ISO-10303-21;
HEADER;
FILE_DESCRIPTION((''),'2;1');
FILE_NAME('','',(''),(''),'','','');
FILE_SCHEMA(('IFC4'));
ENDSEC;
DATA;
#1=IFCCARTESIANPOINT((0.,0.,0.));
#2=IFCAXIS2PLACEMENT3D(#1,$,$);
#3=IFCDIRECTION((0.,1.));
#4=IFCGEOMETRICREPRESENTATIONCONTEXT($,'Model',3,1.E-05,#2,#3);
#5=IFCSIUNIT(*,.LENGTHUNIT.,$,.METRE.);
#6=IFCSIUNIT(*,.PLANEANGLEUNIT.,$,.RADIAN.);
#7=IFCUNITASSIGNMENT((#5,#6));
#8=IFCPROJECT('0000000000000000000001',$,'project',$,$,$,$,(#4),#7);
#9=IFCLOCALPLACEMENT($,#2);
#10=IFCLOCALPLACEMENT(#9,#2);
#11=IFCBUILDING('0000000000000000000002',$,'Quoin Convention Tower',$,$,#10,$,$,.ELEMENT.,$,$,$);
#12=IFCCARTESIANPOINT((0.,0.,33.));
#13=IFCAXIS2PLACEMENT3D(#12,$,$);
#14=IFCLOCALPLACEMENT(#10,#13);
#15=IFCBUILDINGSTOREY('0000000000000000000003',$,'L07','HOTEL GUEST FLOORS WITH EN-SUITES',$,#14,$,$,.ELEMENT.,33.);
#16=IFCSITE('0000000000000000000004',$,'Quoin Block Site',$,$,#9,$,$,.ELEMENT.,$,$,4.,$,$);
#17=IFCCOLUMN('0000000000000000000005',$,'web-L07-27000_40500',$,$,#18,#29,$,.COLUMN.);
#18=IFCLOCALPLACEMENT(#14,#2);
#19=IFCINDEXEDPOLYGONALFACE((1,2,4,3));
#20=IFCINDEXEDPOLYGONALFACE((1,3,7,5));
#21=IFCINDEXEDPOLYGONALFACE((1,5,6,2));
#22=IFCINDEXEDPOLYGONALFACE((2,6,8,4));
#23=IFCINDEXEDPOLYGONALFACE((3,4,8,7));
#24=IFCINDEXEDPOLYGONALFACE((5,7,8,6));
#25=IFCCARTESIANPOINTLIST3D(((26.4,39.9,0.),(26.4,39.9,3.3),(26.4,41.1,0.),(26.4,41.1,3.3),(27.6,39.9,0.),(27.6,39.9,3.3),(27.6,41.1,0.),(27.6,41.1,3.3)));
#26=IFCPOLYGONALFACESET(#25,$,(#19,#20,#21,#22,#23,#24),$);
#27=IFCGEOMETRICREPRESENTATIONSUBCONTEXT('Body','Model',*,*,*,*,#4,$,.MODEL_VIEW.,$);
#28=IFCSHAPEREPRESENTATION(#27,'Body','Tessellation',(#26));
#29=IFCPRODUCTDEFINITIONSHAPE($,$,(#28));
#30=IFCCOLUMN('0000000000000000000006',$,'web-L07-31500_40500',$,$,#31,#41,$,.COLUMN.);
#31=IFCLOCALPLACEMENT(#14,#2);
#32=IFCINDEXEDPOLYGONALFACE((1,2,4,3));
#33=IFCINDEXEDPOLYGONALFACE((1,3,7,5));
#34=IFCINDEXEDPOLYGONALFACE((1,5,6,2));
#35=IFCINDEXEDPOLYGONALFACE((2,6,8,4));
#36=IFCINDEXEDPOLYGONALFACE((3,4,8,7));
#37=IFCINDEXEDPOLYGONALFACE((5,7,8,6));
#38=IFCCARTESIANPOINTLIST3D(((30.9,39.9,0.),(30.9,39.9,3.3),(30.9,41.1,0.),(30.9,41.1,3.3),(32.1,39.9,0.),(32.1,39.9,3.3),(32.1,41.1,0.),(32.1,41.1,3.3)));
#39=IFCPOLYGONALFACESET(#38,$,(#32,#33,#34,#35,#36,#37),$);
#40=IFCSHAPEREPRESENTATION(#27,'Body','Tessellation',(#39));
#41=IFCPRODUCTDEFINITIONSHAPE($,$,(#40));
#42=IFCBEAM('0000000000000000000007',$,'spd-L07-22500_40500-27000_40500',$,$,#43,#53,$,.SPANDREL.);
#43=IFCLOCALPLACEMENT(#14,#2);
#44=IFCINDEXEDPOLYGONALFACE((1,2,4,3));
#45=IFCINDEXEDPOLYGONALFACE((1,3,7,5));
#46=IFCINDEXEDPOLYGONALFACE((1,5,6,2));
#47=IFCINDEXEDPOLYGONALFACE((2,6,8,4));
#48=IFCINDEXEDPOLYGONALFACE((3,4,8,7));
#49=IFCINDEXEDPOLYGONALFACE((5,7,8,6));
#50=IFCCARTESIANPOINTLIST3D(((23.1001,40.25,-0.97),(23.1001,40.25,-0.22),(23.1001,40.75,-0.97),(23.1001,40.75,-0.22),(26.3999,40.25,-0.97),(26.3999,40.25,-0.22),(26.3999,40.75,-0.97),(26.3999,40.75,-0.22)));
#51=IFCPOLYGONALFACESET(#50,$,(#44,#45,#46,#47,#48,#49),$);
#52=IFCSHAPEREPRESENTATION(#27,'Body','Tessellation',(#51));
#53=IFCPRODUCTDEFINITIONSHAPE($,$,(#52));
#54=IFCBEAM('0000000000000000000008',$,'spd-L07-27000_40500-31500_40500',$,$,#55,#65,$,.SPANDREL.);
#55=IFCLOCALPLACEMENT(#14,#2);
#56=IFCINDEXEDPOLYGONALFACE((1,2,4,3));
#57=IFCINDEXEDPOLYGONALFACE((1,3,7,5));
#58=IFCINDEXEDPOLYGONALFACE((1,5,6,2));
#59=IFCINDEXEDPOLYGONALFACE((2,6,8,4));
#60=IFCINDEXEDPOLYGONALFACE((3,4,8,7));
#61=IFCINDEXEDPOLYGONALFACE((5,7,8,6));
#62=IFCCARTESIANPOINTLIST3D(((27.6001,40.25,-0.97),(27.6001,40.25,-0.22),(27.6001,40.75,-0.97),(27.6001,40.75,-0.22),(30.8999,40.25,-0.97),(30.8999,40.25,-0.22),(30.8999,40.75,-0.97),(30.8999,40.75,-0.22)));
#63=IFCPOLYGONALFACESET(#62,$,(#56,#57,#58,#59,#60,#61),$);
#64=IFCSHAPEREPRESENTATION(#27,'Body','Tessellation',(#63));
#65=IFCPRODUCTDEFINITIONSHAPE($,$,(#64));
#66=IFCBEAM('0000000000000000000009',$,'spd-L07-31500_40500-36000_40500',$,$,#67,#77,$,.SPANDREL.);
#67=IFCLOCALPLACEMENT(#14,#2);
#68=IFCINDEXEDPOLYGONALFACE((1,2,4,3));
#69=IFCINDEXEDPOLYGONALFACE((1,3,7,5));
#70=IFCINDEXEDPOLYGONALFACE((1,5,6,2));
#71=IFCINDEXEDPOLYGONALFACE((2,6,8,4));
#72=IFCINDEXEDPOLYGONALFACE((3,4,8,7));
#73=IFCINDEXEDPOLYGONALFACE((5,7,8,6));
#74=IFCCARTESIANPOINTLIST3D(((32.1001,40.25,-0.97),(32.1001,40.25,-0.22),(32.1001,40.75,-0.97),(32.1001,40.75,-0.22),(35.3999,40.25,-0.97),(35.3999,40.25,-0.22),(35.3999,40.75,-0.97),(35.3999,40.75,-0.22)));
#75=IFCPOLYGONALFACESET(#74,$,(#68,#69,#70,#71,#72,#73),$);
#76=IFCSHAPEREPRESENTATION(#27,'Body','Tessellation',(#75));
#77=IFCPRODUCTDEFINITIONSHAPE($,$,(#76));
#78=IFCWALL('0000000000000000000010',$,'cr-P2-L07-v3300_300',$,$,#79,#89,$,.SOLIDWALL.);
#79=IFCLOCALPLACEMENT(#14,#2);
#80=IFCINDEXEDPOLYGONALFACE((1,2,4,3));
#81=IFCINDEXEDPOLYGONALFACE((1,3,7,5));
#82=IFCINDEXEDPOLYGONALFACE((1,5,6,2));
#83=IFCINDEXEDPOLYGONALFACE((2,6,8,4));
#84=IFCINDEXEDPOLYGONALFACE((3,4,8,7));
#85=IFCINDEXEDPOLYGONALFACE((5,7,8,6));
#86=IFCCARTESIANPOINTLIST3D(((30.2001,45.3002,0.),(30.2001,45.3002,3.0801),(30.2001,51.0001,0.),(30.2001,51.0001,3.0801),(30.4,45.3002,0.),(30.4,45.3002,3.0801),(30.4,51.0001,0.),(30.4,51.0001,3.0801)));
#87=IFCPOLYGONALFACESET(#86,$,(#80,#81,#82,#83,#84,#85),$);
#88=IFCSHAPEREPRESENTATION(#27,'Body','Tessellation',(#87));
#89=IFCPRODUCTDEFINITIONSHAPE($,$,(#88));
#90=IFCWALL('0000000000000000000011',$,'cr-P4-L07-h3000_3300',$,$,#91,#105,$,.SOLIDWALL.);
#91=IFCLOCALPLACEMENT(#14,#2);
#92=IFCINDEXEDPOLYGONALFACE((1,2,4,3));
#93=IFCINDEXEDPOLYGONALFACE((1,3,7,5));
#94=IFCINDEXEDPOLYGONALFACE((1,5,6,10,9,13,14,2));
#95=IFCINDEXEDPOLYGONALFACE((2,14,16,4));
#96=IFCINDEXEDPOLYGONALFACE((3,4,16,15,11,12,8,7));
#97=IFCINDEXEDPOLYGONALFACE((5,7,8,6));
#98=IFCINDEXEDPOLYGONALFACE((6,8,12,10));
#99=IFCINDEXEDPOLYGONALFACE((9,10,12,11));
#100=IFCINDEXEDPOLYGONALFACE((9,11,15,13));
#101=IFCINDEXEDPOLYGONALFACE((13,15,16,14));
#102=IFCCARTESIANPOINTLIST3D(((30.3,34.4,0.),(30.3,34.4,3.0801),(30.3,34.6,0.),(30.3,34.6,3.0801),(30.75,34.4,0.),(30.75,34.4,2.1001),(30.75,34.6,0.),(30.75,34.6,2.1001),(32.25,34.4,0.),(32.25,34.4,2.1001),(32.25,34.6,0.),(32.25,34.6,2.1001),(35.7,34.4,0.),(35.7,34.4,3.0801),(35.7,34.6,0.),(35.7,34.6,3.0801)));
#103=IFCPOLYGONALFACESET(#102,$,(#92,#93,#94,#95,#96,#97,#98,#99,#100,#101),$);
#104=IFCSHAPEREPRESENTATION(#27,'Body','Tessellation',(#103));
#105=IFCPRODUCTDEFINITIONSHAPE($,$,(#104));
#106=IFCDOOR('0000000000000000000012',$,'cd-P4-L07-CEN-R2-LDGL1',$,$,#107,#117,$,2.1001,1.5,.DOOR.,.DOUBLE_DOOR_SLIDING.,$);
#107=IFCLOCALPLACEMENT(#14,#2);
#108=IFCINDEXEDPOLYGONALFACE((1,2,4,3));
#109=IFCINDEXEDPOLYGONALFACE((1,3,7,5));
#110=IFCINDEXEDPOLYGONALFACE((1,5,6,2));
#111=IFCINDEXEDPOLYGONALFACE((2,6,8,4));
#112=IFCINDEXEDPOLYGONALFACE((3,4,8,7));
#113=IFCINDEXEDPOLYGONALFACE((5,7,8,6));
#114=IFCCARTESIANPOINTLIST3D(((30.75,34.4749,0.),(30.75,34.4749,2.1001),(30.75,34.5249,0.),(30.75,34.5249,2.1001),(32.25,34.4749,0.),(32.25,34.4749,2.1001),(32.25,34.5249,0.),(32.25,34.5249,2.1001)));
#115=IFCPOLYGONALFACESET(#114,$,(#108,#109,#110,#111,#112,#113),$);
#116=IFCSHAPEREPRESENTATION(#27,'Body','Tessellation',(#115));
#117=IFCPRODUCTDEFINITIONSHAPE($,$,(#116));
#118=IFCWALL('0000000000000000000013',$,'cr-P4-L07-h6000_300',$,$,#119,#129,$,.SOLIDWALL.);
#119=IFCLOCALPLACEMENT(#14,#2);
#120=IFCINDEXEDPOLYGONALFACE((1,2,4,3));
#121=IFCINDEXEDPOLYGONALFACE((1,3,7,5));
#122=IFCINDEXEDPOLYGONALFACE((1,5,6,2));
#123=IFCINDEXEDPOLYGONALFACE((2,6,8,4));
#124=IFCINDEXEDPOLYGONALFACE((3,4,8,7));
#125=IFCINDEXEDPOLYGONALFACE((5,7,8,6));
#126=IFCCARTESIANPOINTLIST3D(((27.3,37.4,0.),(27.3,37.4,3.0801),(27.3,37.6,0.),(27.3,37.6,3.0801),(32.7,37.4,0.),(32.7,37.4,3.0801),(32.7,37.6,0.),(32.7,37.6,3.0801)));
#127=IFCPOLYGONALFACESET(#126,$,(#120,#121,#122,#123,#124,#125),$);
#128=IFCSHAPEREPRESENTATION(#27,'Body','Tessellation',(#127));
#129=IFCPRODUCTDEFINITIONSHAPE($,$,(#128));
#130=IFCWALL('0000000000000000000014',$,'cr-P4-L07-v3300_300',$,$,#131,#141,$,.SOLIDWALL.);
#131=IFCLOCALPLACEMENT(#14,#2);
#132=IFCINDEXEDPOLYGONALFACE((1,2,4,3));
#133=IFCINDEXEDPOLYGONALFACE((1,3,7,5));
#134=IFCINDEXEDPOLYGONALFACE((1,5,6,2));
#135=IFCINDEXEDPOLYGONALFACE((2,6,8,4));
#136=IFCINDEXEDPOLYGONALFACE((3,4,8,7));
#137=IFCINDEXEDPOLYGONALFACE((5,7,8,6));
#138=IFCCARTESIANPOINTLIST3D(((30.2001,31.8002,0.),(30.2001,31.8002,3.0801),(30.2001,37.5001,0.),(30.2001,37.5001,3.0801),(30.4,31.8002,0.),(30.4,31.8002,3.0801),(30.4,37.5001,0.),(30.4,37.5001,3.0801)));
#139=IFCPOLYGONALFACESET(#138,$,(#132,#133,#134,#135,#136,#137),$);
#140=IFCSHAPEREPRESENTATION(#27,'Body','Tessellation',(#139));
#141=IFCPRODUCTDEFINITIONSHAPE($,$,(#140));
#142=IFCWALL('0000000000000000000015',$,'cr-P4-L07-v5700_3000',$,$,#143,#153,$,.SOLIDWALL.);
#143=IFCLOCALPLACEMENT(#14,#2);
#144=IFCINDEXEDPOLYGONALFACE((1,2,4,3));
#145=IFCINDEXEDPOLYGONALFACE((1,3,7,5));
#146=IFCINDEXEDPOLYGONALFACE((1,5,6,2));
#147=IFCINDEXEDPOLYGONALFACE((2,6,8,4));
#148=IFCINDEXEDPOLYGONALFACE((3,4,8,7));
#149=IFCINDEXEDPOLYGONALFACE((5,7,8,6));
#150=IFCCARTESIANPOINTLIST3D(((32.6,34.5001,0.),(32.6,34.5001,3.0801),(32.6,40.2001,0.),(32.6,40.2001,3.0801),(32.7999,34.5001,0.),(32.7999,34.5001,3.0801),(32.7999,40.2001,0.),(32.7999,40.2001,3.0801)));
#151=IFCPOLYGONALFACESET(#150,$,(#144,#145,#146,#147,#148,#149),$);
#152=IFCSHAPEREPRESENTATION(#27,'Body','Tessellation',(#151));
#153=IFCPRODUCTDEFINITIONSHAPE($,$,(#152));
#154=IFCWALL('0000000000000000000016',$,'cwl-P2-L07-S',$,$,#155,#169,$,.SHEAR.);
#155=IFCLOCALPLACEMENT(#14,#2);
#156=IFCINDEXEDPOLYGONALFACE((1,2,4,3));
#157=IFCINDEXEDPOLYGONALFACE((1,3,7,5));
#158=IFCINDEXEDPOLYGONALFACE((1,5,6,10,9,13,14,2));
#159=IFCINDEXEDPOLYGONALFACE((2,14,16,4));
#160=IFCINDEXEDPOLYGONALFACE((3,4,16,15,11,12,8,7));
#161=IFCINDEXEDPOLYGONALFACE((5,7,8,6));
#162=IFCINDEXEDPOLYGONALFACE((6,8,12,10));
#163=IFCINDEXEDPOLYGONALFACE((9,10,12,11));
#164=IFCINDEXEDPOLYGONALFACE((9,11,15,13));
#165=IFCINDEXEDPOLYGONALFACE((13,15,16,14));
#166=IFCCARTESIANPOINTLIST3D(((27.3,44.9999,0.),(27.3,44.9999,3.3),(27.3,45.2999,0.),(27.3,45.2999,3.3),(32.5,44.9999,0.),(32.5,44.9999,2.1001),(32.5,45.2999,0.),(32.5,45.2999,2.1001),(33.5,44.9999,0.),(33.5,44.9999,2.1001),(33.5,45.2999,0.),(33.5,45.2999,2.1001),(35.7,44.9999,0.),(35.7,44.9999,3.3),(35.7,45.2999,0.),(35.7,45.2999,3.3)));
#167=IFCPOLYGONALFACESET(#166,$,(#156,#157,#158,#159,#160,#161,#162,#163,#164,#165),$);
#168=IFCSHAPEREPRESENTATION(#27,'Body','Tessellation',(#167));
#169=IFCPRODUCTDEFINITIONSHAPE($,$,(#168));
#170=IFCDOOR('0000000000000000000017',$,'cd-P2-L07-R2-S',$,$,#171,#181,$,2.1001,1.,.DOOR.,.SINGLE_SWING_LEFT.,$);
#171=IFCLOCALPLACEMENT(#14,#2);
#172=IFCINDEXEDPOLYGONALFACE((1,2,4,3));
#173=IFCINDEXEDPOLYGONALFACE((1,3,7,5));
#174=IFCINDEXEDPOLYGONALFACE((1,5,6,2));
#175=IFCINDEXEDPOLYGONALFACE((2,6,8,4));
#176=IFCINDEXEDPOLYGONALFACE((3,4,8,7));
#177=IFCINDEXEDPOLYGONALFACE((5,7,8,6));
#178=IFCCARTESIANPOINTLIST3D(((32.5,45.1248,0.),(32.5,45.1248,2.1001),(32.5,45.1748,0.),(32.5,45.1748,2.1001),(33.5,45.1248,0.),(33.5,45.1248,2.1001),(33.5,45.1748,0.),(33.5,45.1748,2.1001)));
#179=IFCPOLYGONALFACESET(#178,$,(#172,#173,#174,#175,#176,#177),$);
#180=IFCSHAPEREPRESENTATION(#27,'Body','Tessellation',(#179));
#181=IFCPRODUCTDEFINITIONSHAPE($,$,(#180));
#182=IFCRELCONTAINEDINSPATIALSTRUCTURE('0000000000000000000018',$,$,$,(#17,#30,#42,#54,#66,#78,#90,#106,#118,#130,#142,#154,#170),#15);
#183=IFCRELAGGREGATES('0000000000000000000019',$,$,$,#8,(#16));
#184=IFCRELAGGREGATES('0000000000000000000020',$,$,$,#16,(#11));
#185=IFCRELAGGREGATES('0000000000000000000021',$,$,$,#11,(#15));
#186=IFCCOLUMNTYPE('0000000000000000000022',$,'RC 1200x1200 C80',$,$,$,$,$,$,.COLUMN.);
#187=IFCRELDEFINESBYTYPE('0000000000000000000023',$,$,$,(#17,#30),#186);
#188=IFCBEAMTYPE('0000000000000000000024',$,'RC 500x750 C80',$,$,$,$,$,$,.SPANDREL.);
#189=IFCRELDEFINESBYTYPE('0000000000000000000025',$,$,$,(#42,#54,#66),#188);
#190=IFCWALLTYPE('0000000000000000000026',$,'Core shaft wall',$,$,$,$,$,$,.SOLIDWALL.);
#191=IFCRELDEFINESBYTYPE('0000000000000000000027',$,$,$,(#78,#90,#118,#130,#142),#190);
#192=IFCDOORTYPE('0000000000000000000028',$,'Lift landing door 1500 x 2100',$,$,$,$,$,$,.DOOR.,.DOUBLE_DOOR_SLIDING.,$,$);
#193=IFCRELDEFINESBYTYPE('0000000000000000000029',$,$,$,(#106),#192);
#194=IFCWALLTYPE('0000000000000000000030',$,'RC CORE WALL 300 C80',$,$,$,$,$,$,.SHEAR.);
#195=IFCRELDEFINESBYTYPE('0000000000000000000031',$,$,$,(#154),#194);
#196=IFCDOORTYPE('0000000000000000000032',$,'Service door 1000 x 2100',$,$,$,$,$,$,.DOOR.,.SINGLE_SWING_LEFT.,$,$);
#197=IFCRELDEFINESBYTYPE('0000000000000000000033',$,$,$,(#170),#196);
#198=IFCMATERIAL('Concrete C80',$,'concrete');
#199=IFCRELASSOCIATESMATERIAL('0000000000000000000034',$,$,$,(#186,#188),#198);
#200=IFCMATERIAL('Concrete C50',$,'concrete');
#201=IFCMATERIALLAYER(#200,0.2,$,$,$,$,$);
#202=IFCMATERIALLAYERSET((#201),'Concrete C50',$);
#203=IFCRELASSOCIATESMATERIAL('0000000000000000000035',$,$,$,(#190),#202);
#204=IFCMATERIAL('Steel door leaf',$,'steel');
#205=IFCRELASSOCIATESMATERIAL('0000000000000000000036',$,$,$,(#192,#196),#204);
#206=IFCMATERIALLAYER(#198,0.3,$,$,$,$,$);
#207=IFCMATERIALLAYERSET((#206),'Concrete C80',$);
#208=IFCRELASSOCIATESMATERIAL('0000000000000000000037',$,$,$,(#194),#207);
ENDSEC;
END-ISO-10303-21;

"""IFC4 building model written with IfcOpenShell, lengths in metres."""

from ifc_helpers import new_model, si_unit, direction, frame, frame_2d, origin, origin_2d, place, context, subcontext, project, spatial, rectangle, extrude, material, layer, layer_set, material_profile, profile_set, type_object, element, fill, save


model = new_model("IFC4")

# Units and contexts
model_context = context("Model", 3, precision=1e-05, world=origin(), true_north=direction((0.0, 1.0)))
body_context = subcontext(model_context, "Body", "Model", "MODEL_VIEW")
ifc_project = project(units=[si_unit("LENGTHUNIT", "METRE"), si_unit("PLANEANGLEUNIT", "RADIAN")], contexts=[model_context])

# Site, building, storey
site_placement = place(None, origin())
site = spatial("IfcSite", under=ifc_project, at=site_placement, Name="Quoin Block Site", CompositionType="ELEMENT", RefElevation=4.0)
building_placement = place(site_placement, origin())
building = spatial("IfcBuilding", under=site, at=building_placement, Name="Quoin Convention Tower", CompositionType="ELEMENT")
storey_placement = place(building_placement, frame((0.0, 0.0, 33.0)))
storey = spatial("IfcBuildingStorey", under=building, at=storey_placement, Name="L07", Description="HOTEL GUEST FLOORS WITH EN-SUITES", CompositionType="ELEMENT", Elevation=33.0)

# Columns
ifc_material_1 = material(Name="Concrete C80", Category="concrete")
ifc_material_profile_1 = material_profile(ifc_material_1, rectangle(XDim=1.2, YDim=1.2, at=origin_2d()), Name="RC 1200x1200")
ifc_profile_set_1 = profile_set([ifc_material_profile_1], Name="Concrete C80")
column_type = type_object("IfcColumnType", Name="RC 1200x1200 C80", PredefinedType="COLUMN", material=ifc_profile_set_1)
for number, where, z_axis, x_axis, name in (
    (1, (27.0, 40.5, 0.0), (0.0, 0.0, 1.0), (1.0, 0.0, 0.0), "web-L07-27000_40500"),
    (2, (31.5, 40.5, 0.0), (0.0, 0.0, 1.0), (1.0, 0.0, 0.0), "web-L07-31500_40500"),
):
    element("IfcColumn", number, at=place(storey_placement, frame(where, z_axis=z_axis, x_axis=x_axis)), inside=storey, type_object=column_type, Name=name, PredefinedType="COLUMN", context=body_context, shape_type="SweptSolid", body=[
        extrude(rectangle(XDim=1.2, YDim=1.2, at=origin_2d()), origin(), (0.0, 0.0, 1.0), 3.3),
    ])

# Beams
ifc_material_profile_2 = material_profile(ifc_material_1, rectangle(XDim=0.5, YDim=0.75, at=origin_2d()), Name="RC 500x750")
ifc_profile_set_2 = profile_set([ifc_material_profile_2], Name="Concrete C80")
beam_type = type_object("IfcBeamType", Name="RC 500x750 C80", PredefinedType="SPANDREL", material=ifc_profile_set_2)
for number, where, z_axis, x_axis, name in (
    (3, (23.1001, 40.5, -0.595), (1.0, 0.0, 0.0), (0.0, 1.0, 0.0), "spd-L07-22500_40500-27000_40500"),
    (4, (27.6001, 40.5, -0.595), (1.0, 0.0, 0.0), (0.0, 1.0, 0.0), "spd-L07-27000_40500-31500_40500"),
    (5, (32.1001, 40.5, -0.595), (1.0, 0.0, 0.0), (0.0, 1.0, 0.0), "spd-L07-31500_40500-36000_40500"),
):
    element("IfcBeam", number, at=place(storey_placement, frame(where, z_axis=z_axis, x_axis=x_axis)), inside=storey, type_object=beam_type, Name=name, PredefinedType="SPANDREL", context=body_context, shape_type="SweptSolid", body=[
        extrude(rectangle(XDim=0.5, YDim=0.75, at=origin_2d()), origin(), (0.0, 0.0, 1.0), 3.2998),
    ])

# Wall
ifc_material_2 = material(Name="Concrete C50", Category="concrete")
ifc_layer_1 = layer(ifc_material_2, 0.2)
ifc_layer_set_1 = layer_set([ifc_layer_1], Name="Concrete C50")
wall_type_1 = type_object("IfcWallType", Name="Core shaft wall", PredefinedType="SOLIDWALL", material=ifc_layer_set_1)
wall_1_placement = place(storey_placement, frame((30.3, 45.3, 0.0), z_axis=(0.0, 0.0, 1.0), x_axis=(0.0, 1.0, 0.0)))
element("IfcWall", 6, at=wall_1_placement, inside=storey, type_object=wall_type_1, Name="cr-P2-L07-v3300_300", PredefinedType="SOLIDWALL", context=body_context, shape_type="SweptSolid", body=[
    extrude(rectangle(XDim=5.7, YDim=0.2, at=frame_2d((2.8501, 0.0))), origin(), (0.0, 0.0, 1.0), 3.0801),
])

# Wall, opening, door
wall_2_placement = place(storey_placement, frame((30.3, 34.5, 0.0), z_axis=(0.0, 0.0, 1.0), x_axis=(1.0, 0.0, 0.0)))
wall_2 = element("IfcWall", 7, at=wall_2_placement, inside=storey, type_object=wall_type_1, Name="cr-P4-L07-h3000_3300", PredefinedType="SOLIDWALL", context=body_context, shape_type="SweptSolid", body=[
    extrude(rectangle(XDim=5.3999, YDim=0.2, at=frame_2d((2.7, 0.0))), origin(), (0.0, 0.0, 1.0), 3.0801),
])
opening_1_placement = place(wall_2_placement, frame((0.45, 0.0, 0.0)))
opening_1 = element("IfcOpeningElement", 8, at=opening_1_placement, cuts=wall_2, PredefinedType="OPENING", context=body_context, shape_type="SweptSolid", body=[
    extrude(rectangle(XDim=1.5, YDim=2.1001, at=frame_2d((0.75, 1.05))), frame((0.0, 0.1099, 0.0), z_axis=(0.0, -1.0, 0.0), x_axis=(1.0, 0.0, 0.0)), (0.0, 0.0, 1.0), 0.22),
])
ifc_material_3 = material(Name="Steel door leaf", Category="steel")
door_type_1 = type_object("IfcDoorType", Name="Lift landing door 1500 x 2100", OperationType="DOUBLE_DOOR_SLIDING", PredefinedType="DOOR", material=ifc_material_3)
door_1_placement = place(opening_1_placement, origin())
door_1 = element("IfcDoor", 9, at=door_1_placement, inside=storey, type_object=door_type_1, Name="cd-P4-L07-CEN-R2-LDGL1", OperationType="DOUBLE_DOOR_SLIDING", OverallHeight=2.1001, OverallWidth=1.5, PredefinedType="DOOR", context=body_context, shape_type="SweptSolid", body=[
    extrude(rectangle(XDim=1.5, YDim=2.1001, at=frame_2d((0.75, 1.05))), frame((0.0, 0.0249, 0.0), z_axis=(0.0, -1.0, 0.0), x_axis=(1.0, 0.0, 0.0)), (0.0, 0.0, 1.0), 0.05),
])
fill(opening_1, door_1)

# Walls
wall_3_placement = place(storey_placement, frame((27.3, 37.5, 0.0), z_axis=(0.0, 0.0, 1.0), x_axis=(1.0, 0.0, 0.0)))
element("IfcWall", 10, at=wall_3_placement, inside=storey, type_object=wall_type_1, Name="cr-P4-L07-h6000_300", PredefinedType="SOLIDWALL", context=body_context, shape_type="SweptSolid", body=[
    extrude(rectangle(XDim=5.3999, YDim=0.2, at=frame_2d((2.7, 0.0))), origin(), (0.0, 0.0, 1.0), 3.0801),
])
for number, where, z_axis, x_axis, name in (
    (11, (30.3, 31.8, 0.0), (0.0, 0.0, 1.0), (0.0, 1.0, 0.0), "cr-P4-L07-v3300_300"),
    (12, (32.7, 34.5, 0.0), (0.0, 0.0, 1.0), (0.0, 1.0, 0.0), "cr-P4-L07-v5700_3000"),
):
    element("IfcWall", number, at=place(storey_placement, frame(where, z_axis=z_axis, x_axis=x_axis)), inside=storey, type_object=wall_type_1, Name=name, PredefinedType="SOLIDWALL", context=body_context, shape_type="SweptSolid", body=[
        extrude(rectangle(XDim=5.7, YDim=0.2, at=frame_2d((2.8501, 0.0))), origin(), (0.0, 0.0, 1.0), 3.0801),
    ])

# Wall, opening, door
ifc_layer_2 = layer(ifc_material_1, 0.3)
ifc_layer_set_2 = layer_set([ifc_layer_2], Name="Concrete C80")
wall_type_2 = type_object("IfcWallType", Name="RC CORE WALL 300 C80", PredefinedType="SHEAR", material=ifc_layer_set_2)
wall_4_placement = place(storey_placement, frame((27.3, 45.1499, 0.0), z_axis=(0.0, 0.0, 1.0), x_axis=(1.0, 0.0, 0.0)))
wall_4 = element("IfcWall", 13, at=wall_4_placement, inside=storey, type_object=wall_type_2, Name="cwl-P2-L07-S", PredefinedType="SHEAR", context=body_context, shape_type="SweptSolid", body=[
    extrude(rectangle(XDim=8.3999, YDim=0.3, at=frame_2d((4.2, 0.0))), origin(), (0.0, 0.0, 1.0), 3.3),
])
opening_2_placement = place(wall_4_placement, frame((5.2, 0.0, 0.0)))
opening_2 = element("IfcOpeningElement", 14, at=opening_2_placement, cuts=wall_4, PredefinedType="OPENING", context=body_context, shape_type="SweptSolid", body=[
    extrude(rectangle(XDim=1.0, YDim=2.1001, at=frame_2d((0.5, 1.05))), frame((0.0, 0.1599, 0.0), z_axis=(0.0, -1.0, 0.0), x_axis=(1.0, 0.0, 0.0)), (0.0, 0.0, 1.0), 0.3201),
])
door_type_2 = type_object("IfcDoorType", Name="Service door 1000 x 2100", OperationType="SINGLE_SWING_LEFT", PredefinedType="DOOR", material=ifc_material_3)
door_2_placement = place(opening_2_placement, origin())
door_2 = element("IfcDoor", 15, at=door_2_placement, inside=storey, type_object=door_type_2, Name="cd-P2-L07-R2-S", OperationType="SINGLE_SWING_LEFT", OverallHeight=2.1001, OverallWidth=1.0, PredefinedType="DOOR", context=body_context, shape_type="SweptSolid", body=[
    extrude(rectangle(XDim=1.0, YDim=2.1001, at=frame_2d((0.5, 1.05))), frame((0.0, 0.0249, 0.0), z_axis=(0.0, -1.0, 0.0), x_axis=(1.0, 0.0, 0.0)), (0.0, 0.0, 1.0), 0.05),
])
fill(opening_2, door_2)

save(model, "model.ifc")
